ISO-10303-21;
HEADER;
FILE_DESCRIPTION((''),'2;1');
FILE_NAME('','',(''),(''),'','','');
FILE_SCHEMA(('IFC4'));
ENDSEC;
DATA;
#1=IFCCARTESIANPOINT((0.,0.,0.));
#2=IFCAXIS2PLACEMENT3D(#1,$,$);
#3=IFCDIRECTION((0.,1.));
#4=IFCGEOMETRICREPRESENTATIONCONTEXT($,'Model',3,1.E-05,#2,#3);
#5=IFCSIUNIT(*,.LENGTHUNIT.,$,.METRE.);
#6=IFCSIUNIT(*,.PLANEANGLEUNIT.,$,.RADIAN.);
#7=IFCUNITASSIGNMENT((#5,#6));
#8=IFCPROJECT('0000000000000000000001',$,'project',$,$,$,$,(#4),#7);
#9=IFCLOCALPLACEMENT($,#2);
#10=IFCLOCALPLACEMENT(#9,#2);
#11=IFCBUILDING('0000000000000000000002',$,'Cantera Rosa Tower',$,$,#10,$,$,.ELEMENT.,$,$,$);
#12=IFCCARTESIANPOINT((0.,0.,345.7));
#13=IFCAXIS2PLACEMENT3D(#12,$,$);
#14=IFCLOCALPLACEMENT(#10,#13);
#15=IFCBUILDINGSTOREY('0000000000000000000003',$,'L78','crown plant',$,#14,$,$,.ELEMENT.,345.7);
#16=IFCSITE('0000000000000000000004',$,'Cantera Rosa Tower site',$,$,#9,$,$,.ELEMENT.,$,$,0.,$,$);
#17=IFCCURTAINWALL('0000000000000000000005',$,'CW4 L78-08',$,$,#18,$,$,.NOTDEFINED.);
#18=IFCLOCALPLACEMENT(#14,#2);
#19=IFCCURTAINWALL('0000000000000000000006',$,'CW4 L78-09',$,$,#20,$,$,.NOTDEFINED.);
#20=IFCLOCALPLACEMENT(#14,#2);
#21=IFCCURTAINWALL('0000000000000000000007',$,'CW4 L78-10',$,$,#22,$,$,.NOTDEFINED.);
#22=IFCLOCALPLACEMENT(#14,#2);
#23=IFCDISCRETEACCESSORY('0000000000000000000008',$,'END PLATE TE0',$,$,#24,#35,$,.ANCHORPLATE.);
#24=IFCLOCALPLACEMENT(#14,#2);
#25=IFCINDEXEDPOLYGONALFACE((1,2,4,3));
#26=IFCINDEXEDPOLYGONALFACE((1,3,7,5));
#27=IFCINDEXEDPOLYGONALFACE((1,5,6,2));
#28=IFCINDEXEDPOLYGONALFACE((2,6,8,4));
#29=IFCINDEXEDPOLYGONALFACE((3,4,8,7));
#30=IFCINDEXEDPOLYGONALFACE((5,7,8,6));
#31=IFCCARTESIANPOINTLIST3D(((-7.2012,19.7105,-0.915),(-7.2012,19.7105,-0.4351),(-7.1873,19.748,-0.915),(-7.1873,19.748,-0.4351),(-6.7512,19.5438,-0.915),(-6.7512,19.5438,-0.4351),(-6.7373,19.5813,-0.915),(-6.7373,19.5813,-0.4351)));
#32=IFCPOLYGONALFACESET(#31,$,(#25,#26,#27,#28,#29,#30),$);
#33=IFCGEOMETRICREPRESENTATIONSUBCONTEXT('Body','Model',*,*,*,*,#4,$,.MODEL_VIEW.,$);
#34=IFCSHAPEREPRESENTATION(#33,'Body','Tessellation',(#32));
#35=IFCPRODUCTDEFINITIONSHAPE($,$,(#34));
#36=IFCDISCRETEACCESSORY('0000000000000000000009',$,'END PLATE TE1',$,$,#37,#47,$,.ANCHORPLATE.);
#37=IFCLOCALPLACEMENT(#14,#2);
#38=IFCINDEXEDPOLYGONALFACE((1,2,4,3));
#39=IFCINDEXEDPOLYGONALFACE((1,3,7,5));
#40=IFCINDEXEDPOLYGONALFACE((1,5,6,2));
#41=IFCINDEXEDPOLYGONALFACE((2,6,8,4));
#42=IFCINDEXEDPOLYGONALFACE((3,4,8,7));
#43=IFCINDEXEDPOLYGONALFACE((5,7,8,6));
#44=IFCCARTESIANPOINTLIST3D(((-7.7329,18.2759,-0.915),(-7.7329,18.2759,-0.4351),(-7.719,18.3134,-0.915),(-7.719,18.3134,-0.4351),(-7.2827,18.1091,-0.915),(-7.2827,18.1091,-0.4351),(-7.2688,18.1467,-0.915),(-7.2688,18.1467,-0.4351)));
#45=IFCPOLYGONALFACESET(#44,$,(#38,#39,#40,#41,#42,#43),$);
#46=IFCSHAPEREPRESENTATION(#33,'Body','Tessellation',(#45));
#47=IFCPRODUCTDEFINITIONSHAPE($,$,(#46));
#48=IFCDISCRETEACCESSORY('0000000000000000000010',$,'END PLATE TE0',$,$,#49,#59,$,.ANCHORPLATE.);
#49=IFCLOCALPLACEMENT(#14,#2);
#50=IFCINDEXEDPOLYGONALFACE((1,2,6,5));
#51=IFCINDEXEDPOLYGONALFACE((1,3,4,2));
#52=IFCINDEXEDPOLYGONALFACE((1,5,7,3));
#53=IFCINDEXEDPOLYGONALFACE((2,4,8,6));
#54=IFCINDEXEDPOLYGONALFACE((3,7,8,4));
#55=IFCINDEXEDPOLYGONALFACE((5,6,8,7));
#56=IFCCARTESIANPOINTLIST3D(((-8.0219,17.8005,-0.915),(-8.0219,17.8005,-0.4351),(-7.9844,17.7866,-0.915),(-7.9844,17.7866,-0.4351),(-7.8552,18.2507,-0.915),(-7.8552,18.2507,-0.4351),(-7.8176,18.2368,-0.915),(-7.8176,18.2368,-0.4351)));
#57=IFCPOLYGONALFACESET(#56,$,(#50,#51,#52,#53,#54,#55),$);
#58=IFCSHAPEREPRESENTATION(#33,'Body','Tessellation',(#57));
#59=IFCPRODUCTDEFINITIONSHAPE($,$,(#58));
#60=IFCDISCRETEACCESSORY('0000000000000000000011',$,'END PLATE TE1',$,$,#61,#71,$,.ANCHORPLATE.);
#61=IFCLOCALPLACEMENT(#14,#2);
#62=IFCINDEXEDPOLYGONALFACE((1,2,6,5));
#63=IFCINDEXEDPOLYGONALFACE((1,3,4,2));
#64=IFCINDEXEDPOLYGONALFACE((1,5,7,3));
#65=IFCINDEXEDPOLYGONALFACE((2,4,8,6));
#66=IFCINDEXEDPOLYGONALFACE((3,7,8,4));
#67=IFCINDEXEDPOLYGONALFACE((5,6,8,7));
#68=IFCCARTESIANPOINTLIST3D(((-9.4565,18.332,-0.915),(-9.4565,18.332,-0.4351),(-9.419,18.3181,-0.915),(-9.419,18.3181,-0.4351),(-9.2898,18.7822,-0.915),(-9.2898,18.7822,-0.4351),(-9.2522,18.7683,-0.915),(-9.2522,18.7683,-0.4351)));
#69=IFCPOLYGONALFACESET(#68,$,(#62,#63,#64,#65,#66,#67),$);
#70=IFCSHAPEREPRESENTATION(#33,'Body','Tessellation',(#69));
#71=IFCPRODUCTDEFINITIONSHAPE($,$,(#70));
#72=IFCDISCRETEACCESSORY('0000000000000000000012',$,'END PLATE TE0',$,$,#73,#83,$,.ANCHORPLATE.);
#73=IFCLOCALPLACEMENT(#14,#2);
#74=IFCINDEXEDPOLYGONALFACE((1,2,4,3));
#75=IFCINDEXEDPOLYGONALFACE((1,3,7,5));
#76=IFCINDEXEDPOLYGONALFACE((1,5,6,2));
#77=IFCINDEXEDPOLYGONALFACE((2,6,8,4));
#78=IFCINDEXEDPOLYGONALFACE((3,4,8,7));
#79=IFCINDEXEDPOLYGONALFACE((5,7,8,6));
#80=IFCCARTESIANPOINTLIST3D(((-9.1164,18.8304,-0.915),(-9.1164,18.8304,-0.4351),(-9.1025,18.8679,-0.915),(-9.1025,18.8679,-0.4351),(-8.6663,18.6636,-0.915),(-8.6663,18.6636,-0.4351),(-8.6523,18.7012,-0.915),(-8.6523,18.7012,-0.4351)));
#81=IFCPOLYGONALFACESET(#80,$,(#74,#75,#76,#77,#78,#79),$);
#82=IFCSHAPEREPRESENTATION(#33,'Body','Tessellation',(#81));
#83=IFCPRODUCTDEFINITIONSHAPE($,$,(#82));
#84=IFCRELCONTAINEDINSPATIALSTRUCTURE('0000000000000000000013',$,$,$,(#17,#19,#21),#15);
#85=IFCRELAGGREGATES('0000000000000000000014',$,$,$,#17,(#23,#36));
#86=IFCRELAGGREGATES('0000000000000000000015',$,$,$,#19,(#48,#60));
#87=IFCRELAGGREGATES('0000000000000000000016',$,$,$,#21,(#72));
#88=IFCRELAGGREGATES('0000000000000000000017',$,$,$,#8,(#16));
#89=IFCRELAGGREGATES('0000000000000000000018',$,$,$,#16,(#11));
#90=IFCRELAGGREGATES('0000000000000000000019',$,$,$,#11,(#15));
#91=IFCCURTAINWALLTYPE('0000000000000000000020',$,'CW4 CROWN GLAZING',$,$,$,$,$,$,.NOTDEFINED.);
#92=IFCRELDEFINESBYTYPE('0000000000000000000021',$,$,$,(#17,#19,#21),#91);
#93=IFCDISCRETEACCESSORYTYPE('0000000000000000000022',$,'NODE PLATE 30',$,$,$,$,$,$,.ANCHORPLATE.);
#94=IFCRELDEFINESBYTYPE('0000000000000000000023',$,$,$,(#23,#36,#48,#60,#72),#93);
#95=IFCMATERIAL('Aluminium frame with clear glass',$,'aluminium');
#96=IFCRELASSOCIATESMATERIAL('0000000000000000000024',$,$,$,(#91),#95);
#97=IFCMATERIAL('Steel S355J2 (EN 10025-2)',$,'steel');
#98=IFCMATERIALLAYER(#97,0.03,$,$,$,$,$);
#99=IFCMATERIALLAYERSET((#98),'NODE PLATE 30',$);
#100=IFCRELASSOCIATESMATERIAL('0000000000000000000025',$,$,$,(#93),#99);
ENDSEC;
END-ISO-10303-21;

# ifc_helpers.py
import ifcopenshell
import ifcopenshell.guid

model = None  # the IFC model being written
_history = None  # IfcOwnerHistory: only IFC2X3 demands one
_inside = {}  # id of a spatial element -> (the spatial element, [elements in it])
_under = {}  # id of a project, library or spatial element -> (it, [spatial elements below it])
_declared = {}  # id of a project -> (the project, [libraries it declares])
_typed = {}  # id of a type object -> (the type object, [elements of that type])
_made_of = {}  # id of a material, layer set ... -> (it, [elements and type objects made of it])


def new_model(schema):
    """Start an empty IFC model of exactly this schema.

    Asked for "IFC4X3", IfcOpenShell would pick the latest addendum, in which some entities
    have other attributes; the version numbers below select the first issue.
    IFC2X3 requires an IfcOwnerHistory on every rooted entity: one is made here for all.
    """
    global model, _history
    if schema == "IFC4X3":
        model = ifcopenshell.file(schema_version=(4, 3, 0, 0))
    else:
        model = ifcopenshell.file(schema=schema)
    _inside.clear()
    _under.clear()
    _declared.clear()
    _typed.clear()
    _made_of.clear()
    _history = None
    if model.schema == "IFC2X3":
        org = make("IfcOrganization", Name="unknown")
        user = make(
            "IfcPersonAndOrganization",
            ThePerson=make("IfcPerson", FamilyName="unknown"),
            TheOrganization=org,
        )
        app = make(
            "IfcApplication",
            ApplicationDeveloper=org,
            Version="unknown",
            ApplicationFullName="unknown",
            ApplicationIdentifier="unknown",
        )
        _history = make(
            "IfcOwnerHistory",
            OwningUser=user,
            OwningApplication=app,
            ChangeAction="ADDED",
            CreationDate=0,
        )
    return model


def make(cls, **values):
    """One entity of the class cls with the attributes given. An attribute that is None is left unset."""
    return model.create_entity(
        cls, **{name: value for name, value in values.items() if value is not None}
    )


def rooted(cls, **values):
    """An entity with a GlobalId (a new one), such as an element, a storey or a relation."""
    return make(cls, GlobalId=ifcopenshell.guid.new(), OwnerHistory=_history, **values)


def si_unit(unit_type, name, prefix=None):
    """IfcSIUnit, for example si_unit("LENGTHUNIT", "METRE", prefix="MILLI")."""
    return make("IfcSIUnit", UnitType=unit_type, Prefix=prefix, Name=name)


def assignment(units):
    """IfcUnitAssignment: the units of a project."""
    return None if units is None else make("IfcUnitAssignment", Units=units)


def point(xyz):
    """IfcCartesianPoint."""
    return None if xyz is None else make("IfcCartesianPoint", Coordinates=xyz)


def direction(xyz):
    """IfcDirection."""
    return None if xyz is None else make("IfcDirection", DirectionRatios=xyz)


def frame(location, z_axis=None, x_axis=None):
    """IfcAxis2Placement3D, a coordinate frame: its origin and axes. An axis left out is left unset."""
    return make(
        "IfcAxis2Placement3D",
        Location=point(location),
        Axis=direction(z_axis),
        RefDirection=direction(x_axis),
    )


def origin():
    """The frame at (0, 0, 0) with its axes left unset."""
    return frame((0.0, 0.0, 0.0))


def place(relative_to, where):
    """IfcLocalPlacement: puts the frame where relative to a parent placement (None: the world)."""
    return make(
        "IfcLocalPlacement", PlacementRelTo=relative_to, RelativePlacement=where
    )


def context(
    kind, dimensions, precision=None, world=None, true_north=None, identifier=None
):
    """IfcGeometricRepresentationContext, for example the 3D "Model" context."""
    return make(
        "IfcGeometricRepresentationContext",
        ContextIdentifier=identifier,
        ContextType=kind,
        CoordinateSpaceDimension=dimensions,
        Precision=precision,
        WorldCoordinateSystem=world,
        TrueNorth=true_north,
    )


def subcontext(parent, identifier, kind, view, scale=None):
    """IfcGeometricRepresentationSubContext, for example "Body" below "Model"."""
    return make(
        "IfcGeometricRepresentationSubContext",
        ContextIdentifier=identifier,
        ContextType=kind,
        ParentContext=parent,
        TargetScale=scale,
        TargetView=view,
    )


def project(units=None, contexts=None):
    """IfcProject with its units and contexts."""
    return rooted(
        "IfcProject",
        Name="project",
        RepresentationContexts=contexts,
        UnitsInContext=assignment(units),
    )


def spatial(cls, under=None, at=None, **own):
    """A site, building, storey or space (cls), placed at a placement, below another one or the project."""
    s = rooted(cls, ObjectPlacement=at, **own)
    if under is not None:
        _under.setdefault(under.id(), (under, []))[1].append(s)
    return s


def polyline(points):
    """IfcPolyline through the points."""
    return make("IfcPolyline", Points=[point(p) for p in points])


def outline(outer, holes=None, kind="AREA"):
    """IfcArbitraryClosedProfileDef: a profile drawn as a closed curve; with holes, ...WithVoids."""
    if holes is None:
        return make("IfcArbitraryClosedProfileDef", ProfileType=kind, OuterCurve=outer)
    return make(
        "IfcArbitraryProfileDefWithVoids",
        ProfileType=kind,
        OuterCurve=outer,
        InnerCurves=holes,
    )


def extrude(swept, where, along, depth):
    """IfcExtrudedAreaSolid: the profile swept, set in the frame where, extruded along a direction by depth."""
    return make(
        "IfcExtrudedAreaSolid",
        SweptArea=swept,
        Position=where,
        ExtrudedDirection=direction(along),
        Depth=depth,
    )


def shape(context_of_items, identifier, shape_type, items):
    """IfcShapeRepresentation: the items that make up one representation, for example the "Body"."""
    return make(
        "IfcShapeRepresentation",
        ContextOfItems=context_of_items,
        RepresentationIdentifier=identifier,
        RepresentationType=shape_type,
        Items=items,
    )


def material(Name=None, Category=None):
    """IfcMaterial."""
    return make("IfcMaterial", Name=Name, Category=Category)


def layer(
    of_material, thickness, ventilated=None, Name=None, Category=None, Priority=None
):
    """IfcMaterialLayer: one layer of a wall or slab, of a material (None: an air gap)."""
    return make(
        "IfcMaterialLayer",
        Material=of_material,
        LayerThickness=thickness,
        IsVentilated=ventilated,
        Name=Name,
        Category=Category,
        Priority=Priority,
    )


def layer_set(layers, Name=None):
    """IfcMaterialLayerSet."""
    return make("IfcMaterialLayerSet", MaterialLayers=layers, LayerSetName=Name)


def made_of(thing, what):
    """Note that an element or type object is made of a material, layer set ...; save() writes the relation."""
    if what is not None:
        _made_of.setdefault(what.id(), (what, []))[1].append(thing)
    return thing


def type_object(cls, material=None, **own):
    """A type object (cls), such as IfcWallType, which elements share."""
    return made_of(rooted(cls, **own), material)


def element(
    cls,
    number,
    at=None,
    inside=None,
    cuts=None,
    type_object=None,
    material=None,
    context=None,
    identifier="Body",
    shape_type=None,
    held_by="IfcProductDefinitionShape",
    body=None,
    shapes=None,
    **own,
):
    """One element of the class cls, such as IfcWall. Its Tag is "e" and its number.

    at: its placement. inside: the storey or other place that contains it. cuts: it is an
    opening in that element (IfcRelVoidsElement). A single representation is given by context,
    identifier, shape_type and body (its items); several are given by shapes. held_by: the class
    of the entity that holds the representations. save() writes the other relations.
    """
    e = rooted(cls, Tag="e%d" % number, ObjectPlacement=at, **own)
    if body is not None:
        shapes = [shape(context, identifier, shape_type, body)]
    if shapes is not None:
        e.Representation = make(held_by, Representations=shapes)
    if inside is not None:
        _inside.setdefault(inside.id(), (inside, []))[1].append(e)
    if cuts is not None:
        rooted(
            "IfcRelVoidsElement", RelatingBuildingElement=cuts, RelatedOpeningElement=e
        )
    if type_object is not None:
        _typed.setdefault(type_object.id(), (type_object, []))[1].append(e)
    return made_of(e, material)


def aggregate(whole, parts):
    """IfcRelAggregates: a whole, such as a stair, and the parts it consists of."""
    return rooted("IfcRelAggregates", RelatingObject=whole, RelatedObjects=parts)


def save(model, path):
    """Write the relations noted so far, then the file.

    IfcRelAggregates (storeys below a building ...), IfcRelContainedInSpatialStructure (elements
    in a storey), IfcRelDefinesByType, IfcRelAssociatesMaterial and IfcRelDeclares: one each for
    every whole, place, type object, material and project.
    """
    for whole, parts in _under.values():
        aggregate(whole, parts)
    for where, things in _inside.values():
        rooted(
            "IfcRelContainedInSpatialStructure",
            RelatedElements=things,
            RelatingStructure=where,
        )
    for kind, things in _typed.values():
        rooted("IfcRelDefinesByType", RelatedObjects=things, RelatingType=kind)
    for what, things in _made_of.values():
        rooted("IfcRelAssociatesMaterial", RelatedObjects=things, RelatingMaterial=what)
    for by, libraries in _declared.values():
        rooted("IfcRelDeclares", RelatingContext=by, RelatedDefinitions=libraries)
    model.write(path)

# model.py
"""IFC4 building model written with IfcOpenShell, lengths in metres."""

from ifc_helpers import new_model, si_unit, direction, frame, origin, place, context, subcontext, project, spatial, polyline, outline, extrude, material, layer, layer_set, type_object, element, aggregate, save


model = new_model("IFC4")

# Units and contexts
model_context = context("Model", 3, precision=1e-05, world=origin(), true_north=direction((0.0, 1.0)))
body_context = subcontext(model_context, "Body", "Model", "MODEL_VIEW")
ifc_project = project(units=[si_unit("LENGTHUNIT", "METRE"), si_unit("PLANEANGLEUNIT", "RADIAN")], contexts=[model_context])

# Site, building, storey
site_placement = place(None, origin())
site = spatial("IfcSite", under=ifc_project, at=site_placement, Name="Cantera Rosa Tower site", CompositionType="ELEMENT", RefElevation=0.0)
building_placement = place(site_placement, origin())
building = spatial("IfcBuilding", under=site, at=building_placement, Name="Cantera Rosa Tower", CompositionType="ELEMENT")
storey_placement = place(building_placement, frame((0.0, 0.0, 345.7)))
storey = spatial("IfcBuildingStorey", under=building, at=storey_placement, Name="L78", Description="crown plant", CompositionType="ELEMENT", Elevation=345.7)

# Curtain walls
ifc_material_1 = material(Name="Aluminium frame with clear glass", Category="aluminium")
curtain_wall_type = type_object("IfcCurtainWallType", Name="CW4 CROWN GLAZING", PredefinedType="NOTDEFINED", material=ifc_material_1)
curtain_wall_1_placement = place(storey_placement, origin())
curtain_wall_1 = element("IfcCurtainWall", 1, at=curtain_wall_1_placement, inside=storey, type_object=curtain_wall_type, Name="CW4 L78-08", PredefinedType="NOTDEFINED")
curtain_wall_2_placement = place(storey_placement, origin())
curtain_wall_2 = element("IfcCurtainWall", 2, at=curtain_wall_2_placement, inside=storey, type_object=curtain_wall_type, Name="CW4 L78-09", PredefinedType="NOTDEFINED")
curtain_wall_3_placement = place(storey_placement, origin())
curtain_wall_3 = element("IfcCurtainWall", 3, at=curtain_wall_3_placement, inside=storey, type_object=curtain_wall_type, Name="CW4 L78-10", PredefinedType="NOTDEFINED")

# Discrete accessories
ifc_material_2 = material(Name="Steel S355J2 (EN 10025-2)", Category="steel")
ifc_layer_1 = layer(ifc_material_2, 0.03)
ifc_layer_set_1 = layer_set([ifc_layer_1], Name="NODE PLATE 30")
discrete_accessory_type = type_object("IfcDiscreteAccessoryType", Name="NODE PLATE 30", PredefinedType="ANCHORPLATE", material=ifc_layer_set_1)
discrete_accessory_1_placement = place(storey_placement, frame((-7.1873, 19.748, -0.4351), z_axis=(0.347497, 0.937681, 0.0), x_axis=(0.937681, -0.347497, 0.0)))
discrete_accessory_1 = element("IfcDiscreteAccessory", 4, at=discrete_accessory_1_placement, type_object=discrete_accessory_type, Name="END PLATE TE0", PredefinedType="ANCHORPLATE", context=body_context, shape_type="SweptSolid", body=[
    extrude(outline(polyline([(0.0, 0.0), (0.4799, 0.0), (0.4799, 0.48), (0.0, 0.48), (0.0, 0.0)])), origin(), (0.0, 0.0, -1.0), 0.04),
])
discrete_accessory_2_placement = place(storey_placement, frame((-7.2827, 18.1091, -0.4351), z_axis=(-0.347331, -0.937743, 0.0), x_axis=(-0.937743, 0.347331, 0.0)))
discrete_accessory_2 = element("IfcDiscreteAccessory", 5, at=discrete_accessory_2_placement, type_object=discrete_accessory_type, Name="END PLATE TE1", PredefinedType="ANCHORPLATE", context=body_context, shape_type="SweptSolid", body=[
    extrude(outline(polyline([(0.0, 0.0), (0.4801, 0.0), (0.4801, 0.48), (0.0, 0.48), (0.0, 0.0)])), origin(), (0.0, 0.0, -1.0), 0.04),
])
aggregate(curtain_wall_1, [discrete_accessory_1, discrete_accessory_2])
discrete_accessory_3_placement = place(storey_placement, frame((-7.8176, 18.2368, -0.4351), z_axis=(0.937743, -0.347331, 0.0), x_axis=(-0.347331, -0.937743, 0.0)))
discrete_accessory_3 = element("IfcDiscreteAccessory", 6, at=discrete_accessory_3_placement, type_object=discrete_accessory_type, Name="END PLATE TE0", PredefinedType="ANCHORPLATE", context=body_context, shape_type="SweptSolid", body=[
    extrude(outline(polyline([(0.0, 0.0), (0.4801, 0.0), (0.4801, 0.48), (0.0, 0.48), (0.0, 0.0)])), origin(), (0.0, 0.0, -1.0), 0.04),
])
discrete_accessory_4_placement = place(storey_placement, frame((-9.4565, 18.332, -0.4351), z_axis=(-0.937743, 0.347331, 0.0), x_axis=(0.347331, 0.937743, 0.0)))
discrete_accessory_4 = element("IfcDiscreteAccessory", 7, at=discrete_accessory_4_placement, type_object=discrete_accessory_type, Name="END PLATE TE1", PredefinedType="ANCHORPLATE", context=body_context, shape_type="SweptSolid", body=[
    extrude(outline(polyline([(0.0, 0.0), (0.4801, 0.0), (0.4801, 0.48), (0.0, 0.48), (0.0, 0.0)])), origin(), (0.0, 0.0, -1.0), 0.04),
])
aggregate(curtain_wall_2, [discrete_accessory_3, discrete_accessory_4])
discrete_accessory_5_placement = place(storey_placement, frame((-9.1025, 18.8679, -0.4351), z_axis=(0.347331, 0.937743, 0.0), x_axis=(0.937743, -0.347331, 0.0)))
discrete_accessory_5 = element("IfcDiscreteAccessory", 8, at=discrete_accessory_5_placement, type_object=discrete_accessory_type, Name="END PLATE TE0", PredefinedType="ANCHORPLATE", context=body_context, shape_type="SweptSolid", body=[
    extrude(outline(polyline([(0.0, 0.0), (0.4801, 0.0), (0.4801, 0.48), (0.0, 0.48), (0.0, 0.0)])), origin(), (0.0, 0.0, -1.0), 0.04),
])
aggregate(curtain_wall_3, [discrete_accessory_5])

save(model, "model.ifc")
